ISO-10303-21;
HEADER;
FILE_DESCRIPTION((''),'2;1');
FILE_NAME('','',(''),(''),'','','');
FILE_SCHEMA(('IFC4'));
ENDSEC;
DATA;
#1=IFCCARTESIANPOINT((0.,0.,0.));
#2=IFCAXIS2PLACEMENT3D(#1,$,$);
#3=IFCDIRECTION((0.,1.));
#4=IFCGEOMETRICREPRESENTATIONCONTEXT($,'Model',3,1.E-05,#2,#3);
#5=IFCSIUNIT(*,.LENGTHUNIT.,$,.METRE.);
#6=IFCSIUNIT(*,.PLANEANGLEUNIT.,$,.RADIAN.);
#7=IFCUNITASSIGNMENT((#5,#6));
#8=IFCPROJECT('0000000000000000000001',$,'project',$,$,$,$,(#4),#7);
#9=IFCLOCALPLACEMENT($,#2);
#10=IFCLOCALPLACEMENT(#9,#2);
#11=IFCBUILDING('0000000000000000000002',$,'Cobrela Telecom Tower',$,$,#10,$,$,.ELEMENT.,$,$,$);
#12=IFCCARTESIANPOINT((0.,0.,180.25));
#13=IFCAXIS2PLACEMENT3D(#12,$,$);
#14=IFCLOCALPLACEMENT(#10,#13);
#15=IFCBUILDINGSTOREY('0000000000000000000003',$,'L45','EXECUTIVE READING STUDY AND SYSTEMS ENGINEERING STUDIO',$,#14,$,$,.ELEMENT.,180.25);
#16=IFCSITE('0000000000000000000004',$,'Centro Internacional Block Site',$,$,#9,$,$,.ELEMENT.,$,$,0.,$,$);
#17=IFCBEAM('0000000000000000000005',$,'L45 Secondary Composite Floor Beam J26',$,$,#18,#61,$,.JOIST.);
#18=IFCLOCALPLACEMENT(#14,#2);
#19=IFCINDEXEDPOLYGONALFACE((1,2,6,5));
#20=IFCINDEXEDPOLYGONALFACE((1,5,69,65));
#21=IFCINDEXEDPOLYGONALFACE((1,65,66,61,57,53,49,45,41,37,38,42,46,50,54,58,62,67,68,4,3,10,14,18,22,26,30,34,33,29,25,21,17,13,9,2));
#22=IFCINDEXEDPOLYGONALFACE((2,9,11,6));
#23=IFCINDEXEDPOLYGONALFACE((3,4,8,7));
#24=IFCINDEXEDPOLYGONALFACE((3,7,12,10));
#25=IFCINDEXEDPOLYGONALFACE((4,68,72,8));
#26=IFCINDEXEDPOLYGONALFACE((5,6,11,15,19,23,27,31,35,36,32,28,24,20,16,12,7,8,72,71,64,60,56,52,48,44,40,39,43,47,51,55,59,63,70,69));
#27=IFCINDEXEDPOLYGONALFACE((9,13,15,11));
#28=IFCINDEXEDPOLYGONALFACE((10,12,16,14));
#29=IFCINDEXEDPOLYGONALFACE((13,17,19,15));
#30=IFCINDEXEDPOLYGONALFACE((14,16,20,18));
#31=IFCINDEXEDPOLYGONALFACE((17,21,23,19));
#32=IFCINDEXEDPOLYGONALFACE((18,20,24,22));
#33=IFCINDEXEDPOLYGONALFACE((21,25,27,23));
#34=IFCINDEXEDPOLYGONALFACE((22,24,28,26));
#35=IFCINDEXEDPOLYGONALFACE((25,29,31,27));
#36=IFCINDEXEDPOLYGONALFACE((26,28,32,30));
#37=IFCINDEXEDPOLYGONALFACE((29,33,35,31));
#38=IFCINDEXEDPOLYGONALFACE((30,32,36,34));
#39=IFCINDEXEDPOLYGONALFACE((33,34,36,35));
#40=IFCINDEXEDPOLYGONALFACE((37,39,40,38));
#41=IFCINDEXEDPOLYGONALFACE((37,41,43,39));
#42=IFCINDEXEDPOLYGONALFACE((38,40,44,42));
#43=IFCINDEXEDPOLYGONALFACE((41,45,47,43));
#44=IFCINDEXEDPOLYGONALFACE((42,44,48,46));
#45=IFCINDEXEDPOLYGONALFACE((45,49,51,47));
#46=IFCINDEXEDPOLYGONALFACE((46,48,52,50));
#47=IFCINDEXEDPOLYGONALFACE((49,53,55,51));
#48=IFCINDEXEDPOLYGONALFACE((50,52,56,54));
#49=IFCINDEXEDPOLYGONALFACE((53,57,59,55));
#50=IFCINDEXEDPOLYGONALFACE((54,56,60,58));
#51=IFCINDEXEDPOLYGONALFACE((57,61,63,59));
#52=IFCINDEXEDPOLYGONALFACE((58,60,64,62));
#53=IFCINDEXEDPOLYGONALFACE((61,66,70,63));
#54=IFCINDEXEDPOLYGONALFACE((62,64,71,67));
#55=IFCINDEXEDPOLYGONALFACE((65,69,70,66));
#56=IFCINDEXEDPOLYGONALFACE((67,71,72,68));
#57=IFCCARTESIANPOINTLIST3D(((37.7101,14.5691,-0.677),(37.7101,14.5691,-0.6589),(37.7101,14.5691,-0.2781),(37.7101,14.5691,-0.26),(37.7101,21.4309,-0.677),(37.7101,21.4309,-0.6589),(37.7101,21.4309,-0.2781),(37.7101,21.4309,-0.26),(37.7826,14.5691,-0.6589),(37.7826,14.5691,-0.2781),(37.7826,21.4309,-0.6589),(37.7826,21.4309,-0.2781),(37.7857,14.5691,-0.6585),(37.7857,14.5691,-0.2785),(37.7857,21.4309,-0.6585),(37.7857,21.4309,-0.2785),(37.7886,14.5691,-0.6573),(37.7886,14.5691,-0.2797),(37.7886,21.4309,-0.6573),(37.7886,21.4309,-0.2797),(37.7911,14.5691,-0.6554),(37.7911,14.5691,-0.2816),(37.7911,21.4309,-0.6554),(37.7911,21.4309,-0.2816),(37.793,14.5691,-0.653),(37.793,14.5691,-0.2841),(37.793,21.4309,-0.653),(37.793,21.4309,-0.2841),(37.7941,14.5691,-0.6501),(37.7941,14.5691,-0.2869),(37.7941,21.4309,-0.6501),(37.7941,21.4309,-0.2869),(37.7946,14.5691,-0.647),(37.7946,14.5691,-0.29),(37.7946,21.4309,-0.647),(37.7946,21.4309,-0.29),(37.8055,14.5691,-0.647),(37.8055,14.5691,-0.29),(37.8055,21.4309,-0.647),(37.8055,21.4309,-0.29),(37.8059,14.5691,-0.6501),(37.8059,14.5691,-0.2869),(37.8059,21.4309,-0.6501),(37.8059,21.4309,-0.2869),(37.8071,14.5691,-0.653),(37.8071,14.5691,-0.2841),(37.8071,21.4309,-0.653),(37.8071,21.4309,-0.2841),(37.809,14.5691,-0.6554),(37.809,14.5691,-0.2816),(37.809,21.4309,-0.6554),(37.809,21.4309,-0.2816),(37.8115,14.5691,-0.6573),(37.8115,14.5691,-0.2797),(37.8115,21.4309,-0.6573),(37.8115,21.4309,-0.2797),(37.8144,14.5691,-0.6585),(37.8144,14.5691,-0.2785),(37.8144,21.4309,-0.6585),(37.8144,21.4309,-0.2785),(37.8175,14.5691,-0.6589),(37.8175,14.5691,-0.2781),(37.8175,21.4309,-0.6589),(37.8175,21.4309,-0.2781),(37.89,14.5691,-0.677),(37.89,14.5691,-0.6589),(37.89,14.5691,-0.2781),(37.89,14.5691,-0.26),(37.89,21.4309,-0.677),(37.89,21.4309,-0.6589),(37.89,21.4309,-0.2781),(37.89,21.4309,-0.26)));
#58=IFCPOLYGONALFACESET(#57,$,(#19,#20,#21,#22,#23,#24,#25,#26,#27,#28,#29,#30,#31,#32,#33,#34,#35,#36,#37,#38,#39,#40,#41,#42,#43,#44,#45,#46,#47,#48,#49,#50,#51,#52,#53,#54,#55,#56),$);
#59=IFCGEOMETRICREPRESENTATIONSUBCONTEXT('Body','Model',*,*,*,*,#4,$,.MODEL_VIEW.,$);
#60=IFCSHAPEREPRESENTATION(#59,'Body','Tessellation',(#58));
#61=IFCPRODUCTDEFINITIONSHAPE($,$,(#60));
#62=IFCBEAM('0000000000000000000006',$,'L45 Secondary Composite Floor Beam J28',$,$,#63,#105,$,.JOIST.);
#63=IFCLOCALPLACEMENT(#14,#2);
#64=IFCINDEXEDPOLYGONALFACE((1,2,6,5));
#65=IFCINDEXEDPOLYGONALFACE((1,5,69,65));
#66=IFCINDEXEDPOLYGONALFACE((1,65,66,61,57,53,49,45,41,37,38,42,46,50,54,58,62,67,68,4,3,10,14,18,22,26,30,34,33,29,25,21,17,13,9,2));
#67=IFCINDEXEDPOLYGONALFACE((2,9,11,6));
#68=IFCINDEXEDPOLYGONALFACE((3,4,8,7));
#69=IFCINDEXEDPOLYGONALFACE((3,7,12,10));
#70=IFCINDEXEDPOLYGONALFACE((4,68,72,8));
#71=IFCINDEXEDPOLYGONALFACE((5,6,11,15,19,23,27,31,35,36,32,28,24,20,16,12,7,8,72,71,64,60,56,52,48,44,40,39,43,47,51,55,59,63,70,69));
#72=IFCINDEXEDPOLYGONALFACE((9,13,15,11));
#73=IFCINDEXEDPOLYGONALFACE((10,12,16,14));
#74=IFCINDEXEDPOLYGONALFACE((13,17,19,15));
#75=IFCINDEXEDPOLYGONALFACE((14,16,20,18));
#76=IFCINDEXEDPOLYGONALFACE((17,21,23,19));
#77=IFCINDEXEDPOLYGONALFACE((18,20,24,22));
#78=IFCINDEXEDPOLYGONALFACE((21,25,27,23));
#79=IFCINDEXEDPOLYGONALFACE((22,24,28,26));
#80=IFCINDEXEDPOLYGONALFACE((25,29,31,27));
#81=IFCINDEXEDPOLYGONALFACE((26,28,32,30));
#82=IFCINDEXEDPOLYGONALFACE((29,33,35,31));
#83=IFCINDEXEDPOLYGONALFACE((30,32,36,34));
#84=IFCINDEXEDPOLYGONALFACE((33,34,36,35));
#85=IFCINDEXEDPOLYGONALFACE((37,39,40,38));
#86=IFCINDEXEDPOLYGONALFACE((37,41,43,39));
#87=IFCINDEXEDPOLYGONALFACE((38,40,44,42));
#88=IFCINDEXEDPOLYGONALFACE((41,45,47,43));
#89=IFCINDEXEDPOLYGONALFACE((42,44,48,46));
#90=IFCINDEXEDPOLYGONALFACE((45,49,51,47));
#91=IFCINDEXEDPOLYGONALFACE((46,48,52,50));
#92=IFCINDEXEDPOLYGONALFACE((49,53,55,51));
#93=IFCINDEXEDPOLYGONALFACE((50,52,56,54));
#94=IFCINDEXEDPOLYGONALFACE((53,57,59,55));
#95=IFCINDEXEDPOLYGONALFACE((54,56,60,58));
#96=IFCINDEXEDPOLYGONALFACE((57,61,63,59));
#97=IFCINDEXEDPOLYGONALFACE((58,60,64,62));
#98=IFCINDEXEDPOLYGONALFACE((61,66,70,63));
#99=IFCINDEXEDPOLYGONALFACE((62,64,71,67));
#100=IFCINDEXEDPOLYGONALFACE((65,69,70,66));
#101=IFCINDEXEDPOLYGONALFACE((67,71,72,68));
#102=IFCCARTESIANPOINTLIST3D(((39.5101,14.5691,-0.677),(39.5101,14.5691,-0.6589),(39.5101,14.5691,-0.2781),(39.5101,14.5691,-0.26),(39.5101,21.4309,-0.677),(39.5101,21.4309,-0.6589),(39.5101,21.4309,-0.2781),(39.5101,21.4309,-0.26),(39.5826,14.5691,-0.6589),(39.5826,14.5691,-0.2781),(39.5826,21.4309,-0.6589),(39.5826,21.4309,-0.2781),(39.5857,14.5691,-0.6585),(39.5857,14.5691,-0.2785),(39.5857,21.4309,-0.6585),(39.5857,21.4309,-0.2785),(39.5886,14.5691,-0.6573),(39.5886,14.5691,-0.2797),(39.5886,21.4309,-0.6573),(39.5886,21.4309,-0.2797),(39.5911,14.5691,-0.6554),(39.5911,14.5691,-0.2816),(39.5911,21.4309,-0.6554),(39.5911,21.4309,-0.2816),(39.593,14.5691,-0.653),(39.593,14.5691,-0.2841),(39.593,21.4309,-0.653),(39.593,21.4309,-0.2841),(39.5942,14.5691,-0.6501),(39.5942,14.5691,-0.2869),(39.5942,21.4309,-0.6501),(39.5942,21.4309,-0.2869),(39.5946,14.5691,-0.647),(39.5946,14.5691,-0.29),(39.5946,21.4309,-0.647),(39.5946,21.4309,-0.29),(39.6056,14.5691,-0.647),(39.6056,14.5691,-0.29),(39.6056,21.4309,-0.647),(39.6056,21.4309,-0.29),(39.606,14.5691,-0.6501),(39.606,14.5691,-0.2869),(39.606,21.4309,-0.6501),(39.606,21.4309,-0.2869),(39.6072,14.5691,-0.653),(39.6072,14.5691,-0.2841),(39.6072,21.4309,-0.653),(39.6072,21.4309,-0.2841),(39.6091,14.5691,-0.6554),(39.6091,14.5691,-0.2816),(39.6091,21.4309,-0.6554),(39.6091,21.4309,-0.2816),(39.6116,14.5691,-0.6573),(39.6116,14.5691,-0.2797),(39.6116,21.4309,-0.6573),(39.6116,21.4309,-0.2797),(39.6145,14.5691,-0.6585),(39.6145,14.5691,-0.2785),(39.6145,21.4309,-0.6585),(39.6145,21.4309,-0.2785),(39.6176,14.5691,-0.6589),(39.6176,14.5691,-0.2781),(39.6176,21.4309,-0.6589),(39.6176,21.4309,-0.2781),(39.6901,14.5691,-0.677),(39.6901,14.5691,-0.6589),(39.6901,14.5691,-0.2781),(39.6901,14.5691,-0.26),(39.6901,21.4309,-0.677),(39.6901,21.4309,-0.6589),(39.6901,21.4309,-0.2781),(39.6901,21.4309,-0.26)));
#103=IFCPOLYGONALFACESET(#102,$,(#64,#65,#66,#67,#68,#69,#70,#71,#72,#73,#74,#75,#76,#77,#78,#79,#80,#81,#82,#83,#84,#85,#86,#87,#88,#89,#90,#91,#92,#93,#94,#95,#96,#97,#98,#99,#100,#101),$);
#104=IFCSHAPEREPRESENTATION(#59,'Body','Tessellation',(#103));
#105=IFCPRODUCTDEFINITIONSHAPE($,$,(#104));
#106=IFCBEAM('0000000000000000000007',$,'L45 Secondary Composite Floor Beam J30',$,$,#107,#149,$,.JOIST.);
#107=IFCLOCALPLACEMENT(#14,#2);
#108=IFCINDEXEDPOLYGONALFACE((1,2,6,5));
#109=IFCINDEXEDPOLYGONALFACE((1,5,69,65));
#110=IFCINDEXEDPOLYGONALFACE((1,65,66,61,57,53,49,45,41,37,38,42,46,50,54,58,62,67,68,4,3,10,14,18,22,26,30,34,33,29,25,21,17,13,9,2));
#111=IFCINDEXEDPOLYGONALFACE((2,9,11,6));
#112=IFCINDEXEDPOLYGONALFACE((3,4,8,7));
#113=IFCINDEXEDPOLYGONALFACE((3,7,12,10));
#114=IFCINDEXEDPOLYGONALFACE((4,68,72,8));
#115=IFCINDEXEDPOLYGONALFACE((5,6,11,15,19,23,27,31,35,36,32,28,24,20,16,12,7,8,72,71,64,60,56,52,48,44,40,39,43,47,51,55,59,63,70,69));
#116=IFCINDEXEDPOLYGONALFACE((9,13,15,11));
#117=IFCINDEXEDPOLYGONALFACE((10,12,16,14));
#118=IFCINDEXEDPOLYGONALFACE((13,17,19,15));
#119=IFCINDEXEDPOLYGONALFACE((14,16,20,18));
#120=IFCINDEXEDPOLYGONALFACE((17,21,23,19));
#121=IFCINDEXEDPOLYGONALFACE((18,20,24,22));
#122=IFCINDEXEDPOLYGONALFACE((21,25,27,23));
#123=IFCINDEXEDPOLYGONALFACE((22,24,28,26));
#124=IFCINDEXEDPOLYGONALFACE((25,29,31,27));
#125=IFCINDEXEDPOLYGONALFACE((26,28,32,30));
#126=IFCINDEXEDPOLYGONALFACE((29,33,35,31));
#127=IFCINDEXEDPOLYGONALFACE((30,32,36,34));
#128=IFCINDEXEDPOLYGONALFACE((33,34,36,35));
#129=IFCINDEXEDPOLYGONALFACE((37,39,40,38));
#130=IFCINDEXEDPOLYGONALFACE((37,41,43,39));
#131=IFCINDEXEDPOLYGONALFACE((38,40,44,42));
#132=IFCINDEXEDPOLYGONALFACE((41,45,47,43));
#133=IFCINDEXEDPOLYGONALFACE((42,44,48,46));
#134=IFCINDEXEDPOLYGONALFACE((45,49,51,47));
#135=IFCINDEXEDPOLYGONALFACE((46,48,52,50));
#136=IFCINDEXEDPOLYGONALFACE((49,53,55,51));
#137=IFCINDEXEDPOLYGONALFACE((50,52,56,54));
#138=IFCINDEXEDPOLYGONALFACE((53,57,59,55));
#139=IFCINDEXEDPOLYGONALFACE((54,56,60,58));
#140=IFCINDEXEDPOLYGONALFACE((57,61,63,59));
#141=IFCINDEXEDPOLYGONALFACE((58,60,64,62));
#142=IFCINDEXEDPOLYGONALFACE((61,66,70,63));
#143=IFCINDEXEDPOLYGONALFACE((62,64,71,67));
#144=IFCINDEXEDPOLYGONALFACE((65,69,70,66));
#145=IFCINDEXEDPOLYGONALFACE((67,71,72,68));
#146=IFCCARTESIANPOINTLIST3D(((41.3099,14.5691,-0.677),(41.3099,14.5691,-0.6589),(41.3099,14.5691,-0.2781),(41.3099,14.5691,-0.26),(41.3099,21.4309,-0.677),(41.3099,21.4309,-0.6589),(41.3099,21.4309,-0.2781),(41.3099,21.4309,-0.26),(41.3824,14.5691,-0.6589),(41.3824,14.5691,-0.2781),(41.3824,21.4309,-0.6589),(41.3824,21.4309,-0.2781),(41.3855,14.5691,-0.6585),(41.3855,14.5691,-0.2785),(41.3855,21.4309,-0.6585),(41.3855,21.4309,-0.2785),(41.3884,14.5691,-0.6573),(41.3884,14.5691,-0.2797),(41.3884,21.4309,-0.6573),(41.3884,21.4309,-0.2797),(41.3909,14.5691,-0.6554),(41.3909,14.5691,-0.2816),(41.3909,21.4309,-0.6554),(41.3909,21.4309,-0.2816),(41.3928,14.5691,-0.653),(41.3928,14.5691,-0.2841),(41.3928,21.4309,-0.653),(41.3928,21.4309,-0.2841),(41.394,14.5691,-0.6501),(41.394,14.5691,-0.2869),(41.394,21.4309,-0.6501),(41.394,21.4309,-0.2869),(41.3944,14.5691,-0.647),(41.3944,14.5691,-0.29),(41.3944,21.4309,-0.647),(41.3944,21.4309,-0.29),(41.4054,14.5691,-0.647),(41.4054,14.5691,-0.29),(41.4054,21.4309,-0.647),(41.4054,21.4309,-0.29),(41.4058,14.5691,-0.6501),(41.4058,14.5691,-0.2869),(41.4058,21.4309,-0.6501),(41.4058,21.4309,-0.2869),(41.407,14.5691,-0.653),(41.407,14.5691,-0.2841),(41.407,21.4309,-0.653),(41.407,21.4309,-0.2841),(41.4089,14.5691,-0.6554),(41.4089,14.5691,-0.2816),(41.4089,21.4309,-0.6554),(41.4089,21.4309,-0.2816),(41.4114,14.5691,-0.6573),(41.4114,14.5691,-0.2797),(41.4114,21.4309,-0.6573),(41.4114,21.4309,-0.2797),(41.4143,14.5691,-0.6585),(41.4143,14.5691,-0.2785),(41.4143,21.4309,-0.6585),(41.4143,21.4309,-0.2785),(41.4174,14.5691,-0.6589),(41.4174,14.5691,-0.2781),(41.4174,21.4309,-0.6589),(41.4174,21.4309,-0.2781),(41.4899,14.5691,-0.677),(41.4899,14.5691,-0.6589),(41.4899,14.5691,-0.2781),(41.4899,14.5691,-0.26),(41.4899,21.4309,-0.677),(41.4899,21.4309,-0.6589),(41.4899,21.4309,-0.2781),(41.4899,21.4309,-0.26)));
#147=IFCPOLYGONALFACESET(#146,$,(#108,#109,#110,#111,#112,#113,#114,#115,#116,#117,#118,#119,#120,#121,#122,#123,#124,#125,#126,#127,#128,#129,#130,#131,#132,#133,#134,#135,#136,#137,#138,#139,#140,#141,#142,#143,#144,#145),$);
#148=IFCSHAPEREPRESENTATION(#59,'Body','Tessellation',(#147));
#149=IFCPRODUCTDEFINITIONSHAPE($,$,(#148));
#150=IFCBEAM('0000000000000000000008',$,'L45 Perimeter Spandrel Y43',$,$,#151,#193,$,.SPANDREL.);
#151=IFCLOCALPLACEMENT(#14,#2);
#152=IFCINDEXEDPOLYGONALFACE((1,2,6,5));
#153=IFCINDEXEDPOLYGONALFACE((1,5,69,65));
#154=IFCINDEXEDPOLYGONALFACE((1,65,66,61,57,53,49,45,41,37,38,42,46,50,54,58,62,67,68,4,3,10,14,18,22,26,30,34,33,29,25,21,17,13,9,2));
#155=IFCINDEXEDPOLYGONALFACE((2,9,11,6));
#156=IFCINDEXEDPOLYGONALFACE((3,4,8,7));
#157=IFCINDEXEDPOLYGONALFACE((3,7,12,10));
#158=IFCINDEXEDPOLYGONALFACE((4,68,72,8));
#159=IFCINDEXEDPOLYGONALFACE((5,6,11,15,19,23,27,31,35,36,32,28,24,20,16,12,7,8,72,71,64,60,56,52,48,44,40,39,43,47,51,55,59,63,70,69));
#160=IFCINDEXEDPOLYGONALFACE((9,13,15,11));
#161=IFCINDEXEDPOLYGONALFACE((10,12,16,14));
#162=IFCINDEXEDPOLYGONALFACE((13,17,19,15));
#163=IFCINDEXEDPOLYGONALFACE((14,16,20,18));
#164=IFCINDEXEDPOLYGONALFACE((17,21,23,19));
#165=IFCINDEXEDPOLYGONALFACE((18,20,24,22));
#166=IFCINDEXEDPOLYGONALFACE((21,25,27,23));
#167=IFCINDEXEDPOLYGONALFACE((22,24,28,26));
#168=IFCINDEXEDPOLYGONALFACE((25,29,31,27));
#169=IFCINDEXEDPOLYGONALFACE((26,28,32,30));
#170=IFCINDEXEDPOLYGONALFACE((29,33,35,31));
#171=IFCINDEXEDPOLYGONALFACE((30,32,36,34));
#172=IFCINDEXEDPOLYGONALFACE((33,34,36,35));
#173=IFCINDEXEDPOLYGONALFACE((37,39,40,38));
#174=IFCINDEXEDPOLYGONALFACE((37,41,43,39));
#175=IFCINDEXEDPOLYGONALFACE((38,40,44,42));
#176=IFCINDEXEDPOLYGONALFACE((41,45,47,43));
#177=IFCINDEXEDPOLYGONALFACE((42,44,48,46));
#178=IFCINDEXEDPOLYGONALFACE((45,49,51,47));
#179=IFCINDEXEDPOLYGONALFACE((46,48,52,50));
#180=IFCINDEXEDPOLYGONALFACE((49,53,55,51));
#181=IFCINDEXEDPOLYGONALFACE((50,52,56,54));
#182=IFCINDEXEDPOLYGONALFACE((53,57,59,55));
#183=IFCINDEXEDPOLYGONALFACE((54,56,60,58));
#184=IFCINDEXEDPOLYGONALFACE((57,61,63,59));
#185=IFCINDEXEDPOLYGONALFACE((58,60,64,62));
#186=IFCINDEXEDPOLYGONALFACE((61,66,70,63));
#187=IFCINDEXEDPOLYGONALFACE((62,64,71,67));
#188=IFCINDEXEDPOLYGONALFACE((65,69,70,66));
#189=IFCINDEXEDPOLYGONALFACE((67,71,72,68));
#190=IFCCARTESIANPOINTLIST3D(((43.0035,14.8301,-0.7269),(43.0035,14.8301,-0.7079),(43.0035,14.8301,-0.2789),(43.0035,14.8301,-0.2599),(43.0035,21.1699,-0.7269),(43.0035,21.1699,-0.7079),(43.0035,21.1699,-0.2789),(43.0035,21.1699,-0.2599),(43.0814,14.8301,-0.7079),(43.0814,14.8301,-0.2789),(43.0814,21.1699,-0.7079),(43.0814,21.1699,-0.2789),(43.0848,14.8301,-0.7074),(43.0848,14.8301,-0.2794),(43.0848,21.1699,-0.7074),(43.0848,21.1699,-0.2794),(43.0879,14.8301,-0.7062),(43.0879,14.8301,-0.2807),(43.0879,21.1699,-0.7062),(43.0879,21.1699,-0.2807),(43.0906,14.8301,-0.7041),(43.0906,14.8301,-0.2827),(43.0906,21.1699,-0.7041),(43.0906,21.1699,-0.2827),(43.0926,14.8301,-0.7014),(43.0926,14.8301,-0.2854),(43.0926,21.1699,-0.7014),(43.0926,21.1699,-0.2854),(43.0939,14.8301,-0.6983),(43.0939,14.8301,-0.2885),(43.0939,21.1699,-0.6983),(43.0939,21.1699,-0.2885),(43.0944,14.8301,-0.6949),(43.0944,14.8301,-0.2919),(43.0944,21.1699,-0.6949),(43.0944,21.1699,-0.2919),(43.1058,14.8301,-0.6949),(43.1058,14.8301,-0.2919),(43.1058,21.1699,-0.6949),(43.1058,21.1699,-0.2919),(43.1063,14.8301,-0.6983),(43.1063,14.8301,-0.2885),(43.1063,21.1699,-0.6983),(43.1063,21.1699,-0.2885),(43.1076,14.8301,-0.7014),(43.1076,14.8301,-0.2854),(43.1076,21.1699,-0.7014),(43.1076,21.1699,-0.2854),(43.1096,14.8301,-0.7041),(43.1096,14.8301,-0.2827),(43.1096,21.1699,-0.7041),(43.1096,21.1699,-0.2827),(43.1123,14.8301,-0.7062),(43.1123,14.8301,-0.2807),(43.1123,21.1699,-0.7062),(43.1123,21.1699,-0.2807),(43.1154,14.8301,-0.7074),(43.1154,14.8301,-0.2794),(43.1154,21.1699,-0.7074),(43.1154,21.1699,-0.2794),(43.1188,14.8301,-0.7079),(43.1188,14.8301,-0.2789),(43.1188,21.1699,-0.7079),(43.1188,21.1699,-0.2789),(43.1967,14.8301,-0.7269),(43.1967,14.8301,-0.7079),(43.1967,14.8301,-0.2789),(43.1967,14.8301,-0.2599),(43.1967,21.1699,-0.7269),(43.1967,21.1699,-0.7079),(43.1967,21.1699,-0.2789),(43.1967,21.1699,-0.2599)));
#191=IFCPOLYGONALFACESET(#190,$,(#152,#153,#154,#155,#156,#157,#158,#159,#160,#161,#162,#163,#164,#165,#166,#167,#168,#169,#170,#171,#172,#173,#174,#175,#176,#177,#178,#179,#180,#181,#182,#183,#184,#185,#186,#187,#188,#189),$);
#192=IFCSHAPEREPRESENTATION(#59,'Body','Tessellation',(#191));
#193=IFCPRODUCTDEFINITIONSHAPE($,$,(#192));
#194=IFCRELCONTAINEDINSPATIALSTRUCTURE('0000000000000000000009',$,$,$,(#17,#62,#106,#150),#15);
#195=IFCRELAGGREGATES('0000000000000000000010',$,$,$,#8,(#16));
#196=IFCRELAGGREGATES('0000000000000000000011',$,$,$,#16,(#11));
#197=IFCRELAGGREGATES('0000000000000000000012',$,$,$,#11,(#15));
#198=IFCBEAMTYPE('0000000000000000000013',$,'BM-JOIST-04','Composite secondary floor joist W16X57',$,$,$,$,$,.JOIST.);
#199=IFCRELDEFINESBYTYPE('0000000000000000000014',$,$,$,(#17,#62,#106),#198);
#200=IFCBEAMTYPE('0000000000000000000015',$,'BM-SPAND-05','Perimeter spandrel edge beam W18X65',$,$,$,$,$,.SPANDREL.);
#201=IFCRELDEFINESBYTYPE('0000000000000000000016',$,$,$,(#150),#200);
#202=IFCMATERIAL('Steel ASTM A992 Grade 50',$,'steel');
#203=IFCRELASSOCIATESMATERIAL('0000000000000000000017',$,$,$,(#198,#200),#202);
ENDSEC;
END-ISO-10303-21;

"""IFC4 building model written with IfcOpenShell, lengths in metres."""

from ifc_helpers import new_model, si_unit, direction, frame, origin, origin_2d, place, context, subcontext, project, spatial, i_section, extrude, material, material_profile, profile_set, type_object, element, save


model = new_model("IFC4")

# Units and contexts
model_context = context("Model", 3, precision=1e-05, world=origin(), true_north=direction((0.0, 1.0)))
body_context = subcontext(model_context, "Body", "Model", "MODEL_VIEW")
ifc_project = project(units=[si_unit("LENGTHUNIT", "METRE"), si_unit("PLANEANGLEUNIT", "RADIAN")], contexts=[model_context])

# Site, building, storey
site_placement = place(None, origin())
site = spatial("IfcSite", under=ifc_project, at=site_placement, Name="Centro Internacional Block Site", CompositionType="ELEMENT", RefElevation=0.0)
building_placement = place(site_placement, origin())
building = spatial("IfcBuilding", under=site, at=building_placement, Name="Cobrela Telecom Tower", CompositionType="ELEMENT")
storey_placement = place(building_placement, frame((0.0, 0.0, 180.25)))
storey = spatial("IfcBuildingStorey", under=building, at=storey_placement, Name="L45", Description="EXECUTIVE READING STUDY AND SYSTEMS ENGINEERING STUDIO", CompositionType="ELEMENT", Elevation=180.25)

# Shared definitions
ifc_material_1 = material(Name="Steel ASTM A992 Grade 50", Category="steel")

# Beams
ifc_material_profile_1 = material_profile(ifc_material_1, i_section(OverallWidth=0.1799, OverallDepth=0.417, WebThickness=0.011, FlangeThickness=0.0181, FilletRadius=0.012, at=origin_2d()), Name="W16X57")
ifc_profile_set_1 = profile_set([ifc_material_profile_1], Name="Steel ASTM A992 Grade 50")
beam_type_1 = type_object("IfcBeamType", Name="BM-JOIST-04", Description="Composite secondary floor joist W16X57", PredefinedType="JOIST", material=ifc_profile_set_1)
for number, where, z_axis, x_axis, name in (
    (1, (37.8, 14.5691, -0.4685), (0.0, 1.0, 0.0), (-1.0, 0.0, 0.0), "L45 Secondary Composite Floor Beam J26"),
    (2, (39.6001, 14.5691, -0.4685), (0.0, 1.0, 0.0), (-1.0, 0.0, 0.0), "L45 Secondary Composite Floor Beam J28"),
    (3, (41.3999, 14.5691, -0.4685), (0.0, 1.0, 0.0), (-1.0, 0.0, 0.0), "L45 Secondary Composite Floor Beam J30"),
):
    element("IfcBeam", number, at=place(storey_placement, frame(where, z_axis=z_axis, x_axis=x_axis)), inside=storey, type_object=beam_type_1, Name=name, PredefinedType="JOIST", context=body_context, shape_type="SweptSolid", body=[
        extrude(i_section(OverallWidth=0.1799, OverallDepth=0.417, WebThickness=0.011, FlangeThickness=0.0181, FilletRadius=0.012, at=origin_2d()), origin(), (0.0, 0.0, 1.0), 6.8618),
    ])
ifc_material_profile_2 = material_profile(ifc_material_1, i_section(OverallWidth=0.1931, OverallDepth=0.467, WebThickness=0.0115, FlangeThickness=0.019, FilletRadius=0.0129, at=origin_2d()), Name="W18X65")
ifc_profile_set_2 = profile_set([ifc_material_profile_2], Name="Steel ASTM A992 Grade 50")
beam_type_2 = type_object("IfcBeamType", Name="BM-SPAND-05", Description="Perimeter spandrel edge beam W18X65", PredefinedType="SPANDREL", material=ifc_profile_set_2)
beam_1_placement = place(storey_placement, frame((43.1001, 14.8301, -0.4934), z_axis=(0.0, 1.0, 0.0), x_axis=(-1.0, 0.0, 0.0)))
element("IfcBeam", 4, at=beam_1_placement, inside=storey, type_object=beam_type_2, Name="L45 Perimeter Spandrel Y43", PredefinedType="SPANDREL", context=body_context, shape_type="SweptSolid", body=[
    extrude(i_section(OverallWidth=0.1931, OverallDepth=0.467, WebThickness=0.0115, FlangeThickness=0.019, FilletRadius=0.0129, at=origin_2d()), origin(), (0.0, 0.0, 1.0), 6.3398),
])

save(model, "model.ifc")
